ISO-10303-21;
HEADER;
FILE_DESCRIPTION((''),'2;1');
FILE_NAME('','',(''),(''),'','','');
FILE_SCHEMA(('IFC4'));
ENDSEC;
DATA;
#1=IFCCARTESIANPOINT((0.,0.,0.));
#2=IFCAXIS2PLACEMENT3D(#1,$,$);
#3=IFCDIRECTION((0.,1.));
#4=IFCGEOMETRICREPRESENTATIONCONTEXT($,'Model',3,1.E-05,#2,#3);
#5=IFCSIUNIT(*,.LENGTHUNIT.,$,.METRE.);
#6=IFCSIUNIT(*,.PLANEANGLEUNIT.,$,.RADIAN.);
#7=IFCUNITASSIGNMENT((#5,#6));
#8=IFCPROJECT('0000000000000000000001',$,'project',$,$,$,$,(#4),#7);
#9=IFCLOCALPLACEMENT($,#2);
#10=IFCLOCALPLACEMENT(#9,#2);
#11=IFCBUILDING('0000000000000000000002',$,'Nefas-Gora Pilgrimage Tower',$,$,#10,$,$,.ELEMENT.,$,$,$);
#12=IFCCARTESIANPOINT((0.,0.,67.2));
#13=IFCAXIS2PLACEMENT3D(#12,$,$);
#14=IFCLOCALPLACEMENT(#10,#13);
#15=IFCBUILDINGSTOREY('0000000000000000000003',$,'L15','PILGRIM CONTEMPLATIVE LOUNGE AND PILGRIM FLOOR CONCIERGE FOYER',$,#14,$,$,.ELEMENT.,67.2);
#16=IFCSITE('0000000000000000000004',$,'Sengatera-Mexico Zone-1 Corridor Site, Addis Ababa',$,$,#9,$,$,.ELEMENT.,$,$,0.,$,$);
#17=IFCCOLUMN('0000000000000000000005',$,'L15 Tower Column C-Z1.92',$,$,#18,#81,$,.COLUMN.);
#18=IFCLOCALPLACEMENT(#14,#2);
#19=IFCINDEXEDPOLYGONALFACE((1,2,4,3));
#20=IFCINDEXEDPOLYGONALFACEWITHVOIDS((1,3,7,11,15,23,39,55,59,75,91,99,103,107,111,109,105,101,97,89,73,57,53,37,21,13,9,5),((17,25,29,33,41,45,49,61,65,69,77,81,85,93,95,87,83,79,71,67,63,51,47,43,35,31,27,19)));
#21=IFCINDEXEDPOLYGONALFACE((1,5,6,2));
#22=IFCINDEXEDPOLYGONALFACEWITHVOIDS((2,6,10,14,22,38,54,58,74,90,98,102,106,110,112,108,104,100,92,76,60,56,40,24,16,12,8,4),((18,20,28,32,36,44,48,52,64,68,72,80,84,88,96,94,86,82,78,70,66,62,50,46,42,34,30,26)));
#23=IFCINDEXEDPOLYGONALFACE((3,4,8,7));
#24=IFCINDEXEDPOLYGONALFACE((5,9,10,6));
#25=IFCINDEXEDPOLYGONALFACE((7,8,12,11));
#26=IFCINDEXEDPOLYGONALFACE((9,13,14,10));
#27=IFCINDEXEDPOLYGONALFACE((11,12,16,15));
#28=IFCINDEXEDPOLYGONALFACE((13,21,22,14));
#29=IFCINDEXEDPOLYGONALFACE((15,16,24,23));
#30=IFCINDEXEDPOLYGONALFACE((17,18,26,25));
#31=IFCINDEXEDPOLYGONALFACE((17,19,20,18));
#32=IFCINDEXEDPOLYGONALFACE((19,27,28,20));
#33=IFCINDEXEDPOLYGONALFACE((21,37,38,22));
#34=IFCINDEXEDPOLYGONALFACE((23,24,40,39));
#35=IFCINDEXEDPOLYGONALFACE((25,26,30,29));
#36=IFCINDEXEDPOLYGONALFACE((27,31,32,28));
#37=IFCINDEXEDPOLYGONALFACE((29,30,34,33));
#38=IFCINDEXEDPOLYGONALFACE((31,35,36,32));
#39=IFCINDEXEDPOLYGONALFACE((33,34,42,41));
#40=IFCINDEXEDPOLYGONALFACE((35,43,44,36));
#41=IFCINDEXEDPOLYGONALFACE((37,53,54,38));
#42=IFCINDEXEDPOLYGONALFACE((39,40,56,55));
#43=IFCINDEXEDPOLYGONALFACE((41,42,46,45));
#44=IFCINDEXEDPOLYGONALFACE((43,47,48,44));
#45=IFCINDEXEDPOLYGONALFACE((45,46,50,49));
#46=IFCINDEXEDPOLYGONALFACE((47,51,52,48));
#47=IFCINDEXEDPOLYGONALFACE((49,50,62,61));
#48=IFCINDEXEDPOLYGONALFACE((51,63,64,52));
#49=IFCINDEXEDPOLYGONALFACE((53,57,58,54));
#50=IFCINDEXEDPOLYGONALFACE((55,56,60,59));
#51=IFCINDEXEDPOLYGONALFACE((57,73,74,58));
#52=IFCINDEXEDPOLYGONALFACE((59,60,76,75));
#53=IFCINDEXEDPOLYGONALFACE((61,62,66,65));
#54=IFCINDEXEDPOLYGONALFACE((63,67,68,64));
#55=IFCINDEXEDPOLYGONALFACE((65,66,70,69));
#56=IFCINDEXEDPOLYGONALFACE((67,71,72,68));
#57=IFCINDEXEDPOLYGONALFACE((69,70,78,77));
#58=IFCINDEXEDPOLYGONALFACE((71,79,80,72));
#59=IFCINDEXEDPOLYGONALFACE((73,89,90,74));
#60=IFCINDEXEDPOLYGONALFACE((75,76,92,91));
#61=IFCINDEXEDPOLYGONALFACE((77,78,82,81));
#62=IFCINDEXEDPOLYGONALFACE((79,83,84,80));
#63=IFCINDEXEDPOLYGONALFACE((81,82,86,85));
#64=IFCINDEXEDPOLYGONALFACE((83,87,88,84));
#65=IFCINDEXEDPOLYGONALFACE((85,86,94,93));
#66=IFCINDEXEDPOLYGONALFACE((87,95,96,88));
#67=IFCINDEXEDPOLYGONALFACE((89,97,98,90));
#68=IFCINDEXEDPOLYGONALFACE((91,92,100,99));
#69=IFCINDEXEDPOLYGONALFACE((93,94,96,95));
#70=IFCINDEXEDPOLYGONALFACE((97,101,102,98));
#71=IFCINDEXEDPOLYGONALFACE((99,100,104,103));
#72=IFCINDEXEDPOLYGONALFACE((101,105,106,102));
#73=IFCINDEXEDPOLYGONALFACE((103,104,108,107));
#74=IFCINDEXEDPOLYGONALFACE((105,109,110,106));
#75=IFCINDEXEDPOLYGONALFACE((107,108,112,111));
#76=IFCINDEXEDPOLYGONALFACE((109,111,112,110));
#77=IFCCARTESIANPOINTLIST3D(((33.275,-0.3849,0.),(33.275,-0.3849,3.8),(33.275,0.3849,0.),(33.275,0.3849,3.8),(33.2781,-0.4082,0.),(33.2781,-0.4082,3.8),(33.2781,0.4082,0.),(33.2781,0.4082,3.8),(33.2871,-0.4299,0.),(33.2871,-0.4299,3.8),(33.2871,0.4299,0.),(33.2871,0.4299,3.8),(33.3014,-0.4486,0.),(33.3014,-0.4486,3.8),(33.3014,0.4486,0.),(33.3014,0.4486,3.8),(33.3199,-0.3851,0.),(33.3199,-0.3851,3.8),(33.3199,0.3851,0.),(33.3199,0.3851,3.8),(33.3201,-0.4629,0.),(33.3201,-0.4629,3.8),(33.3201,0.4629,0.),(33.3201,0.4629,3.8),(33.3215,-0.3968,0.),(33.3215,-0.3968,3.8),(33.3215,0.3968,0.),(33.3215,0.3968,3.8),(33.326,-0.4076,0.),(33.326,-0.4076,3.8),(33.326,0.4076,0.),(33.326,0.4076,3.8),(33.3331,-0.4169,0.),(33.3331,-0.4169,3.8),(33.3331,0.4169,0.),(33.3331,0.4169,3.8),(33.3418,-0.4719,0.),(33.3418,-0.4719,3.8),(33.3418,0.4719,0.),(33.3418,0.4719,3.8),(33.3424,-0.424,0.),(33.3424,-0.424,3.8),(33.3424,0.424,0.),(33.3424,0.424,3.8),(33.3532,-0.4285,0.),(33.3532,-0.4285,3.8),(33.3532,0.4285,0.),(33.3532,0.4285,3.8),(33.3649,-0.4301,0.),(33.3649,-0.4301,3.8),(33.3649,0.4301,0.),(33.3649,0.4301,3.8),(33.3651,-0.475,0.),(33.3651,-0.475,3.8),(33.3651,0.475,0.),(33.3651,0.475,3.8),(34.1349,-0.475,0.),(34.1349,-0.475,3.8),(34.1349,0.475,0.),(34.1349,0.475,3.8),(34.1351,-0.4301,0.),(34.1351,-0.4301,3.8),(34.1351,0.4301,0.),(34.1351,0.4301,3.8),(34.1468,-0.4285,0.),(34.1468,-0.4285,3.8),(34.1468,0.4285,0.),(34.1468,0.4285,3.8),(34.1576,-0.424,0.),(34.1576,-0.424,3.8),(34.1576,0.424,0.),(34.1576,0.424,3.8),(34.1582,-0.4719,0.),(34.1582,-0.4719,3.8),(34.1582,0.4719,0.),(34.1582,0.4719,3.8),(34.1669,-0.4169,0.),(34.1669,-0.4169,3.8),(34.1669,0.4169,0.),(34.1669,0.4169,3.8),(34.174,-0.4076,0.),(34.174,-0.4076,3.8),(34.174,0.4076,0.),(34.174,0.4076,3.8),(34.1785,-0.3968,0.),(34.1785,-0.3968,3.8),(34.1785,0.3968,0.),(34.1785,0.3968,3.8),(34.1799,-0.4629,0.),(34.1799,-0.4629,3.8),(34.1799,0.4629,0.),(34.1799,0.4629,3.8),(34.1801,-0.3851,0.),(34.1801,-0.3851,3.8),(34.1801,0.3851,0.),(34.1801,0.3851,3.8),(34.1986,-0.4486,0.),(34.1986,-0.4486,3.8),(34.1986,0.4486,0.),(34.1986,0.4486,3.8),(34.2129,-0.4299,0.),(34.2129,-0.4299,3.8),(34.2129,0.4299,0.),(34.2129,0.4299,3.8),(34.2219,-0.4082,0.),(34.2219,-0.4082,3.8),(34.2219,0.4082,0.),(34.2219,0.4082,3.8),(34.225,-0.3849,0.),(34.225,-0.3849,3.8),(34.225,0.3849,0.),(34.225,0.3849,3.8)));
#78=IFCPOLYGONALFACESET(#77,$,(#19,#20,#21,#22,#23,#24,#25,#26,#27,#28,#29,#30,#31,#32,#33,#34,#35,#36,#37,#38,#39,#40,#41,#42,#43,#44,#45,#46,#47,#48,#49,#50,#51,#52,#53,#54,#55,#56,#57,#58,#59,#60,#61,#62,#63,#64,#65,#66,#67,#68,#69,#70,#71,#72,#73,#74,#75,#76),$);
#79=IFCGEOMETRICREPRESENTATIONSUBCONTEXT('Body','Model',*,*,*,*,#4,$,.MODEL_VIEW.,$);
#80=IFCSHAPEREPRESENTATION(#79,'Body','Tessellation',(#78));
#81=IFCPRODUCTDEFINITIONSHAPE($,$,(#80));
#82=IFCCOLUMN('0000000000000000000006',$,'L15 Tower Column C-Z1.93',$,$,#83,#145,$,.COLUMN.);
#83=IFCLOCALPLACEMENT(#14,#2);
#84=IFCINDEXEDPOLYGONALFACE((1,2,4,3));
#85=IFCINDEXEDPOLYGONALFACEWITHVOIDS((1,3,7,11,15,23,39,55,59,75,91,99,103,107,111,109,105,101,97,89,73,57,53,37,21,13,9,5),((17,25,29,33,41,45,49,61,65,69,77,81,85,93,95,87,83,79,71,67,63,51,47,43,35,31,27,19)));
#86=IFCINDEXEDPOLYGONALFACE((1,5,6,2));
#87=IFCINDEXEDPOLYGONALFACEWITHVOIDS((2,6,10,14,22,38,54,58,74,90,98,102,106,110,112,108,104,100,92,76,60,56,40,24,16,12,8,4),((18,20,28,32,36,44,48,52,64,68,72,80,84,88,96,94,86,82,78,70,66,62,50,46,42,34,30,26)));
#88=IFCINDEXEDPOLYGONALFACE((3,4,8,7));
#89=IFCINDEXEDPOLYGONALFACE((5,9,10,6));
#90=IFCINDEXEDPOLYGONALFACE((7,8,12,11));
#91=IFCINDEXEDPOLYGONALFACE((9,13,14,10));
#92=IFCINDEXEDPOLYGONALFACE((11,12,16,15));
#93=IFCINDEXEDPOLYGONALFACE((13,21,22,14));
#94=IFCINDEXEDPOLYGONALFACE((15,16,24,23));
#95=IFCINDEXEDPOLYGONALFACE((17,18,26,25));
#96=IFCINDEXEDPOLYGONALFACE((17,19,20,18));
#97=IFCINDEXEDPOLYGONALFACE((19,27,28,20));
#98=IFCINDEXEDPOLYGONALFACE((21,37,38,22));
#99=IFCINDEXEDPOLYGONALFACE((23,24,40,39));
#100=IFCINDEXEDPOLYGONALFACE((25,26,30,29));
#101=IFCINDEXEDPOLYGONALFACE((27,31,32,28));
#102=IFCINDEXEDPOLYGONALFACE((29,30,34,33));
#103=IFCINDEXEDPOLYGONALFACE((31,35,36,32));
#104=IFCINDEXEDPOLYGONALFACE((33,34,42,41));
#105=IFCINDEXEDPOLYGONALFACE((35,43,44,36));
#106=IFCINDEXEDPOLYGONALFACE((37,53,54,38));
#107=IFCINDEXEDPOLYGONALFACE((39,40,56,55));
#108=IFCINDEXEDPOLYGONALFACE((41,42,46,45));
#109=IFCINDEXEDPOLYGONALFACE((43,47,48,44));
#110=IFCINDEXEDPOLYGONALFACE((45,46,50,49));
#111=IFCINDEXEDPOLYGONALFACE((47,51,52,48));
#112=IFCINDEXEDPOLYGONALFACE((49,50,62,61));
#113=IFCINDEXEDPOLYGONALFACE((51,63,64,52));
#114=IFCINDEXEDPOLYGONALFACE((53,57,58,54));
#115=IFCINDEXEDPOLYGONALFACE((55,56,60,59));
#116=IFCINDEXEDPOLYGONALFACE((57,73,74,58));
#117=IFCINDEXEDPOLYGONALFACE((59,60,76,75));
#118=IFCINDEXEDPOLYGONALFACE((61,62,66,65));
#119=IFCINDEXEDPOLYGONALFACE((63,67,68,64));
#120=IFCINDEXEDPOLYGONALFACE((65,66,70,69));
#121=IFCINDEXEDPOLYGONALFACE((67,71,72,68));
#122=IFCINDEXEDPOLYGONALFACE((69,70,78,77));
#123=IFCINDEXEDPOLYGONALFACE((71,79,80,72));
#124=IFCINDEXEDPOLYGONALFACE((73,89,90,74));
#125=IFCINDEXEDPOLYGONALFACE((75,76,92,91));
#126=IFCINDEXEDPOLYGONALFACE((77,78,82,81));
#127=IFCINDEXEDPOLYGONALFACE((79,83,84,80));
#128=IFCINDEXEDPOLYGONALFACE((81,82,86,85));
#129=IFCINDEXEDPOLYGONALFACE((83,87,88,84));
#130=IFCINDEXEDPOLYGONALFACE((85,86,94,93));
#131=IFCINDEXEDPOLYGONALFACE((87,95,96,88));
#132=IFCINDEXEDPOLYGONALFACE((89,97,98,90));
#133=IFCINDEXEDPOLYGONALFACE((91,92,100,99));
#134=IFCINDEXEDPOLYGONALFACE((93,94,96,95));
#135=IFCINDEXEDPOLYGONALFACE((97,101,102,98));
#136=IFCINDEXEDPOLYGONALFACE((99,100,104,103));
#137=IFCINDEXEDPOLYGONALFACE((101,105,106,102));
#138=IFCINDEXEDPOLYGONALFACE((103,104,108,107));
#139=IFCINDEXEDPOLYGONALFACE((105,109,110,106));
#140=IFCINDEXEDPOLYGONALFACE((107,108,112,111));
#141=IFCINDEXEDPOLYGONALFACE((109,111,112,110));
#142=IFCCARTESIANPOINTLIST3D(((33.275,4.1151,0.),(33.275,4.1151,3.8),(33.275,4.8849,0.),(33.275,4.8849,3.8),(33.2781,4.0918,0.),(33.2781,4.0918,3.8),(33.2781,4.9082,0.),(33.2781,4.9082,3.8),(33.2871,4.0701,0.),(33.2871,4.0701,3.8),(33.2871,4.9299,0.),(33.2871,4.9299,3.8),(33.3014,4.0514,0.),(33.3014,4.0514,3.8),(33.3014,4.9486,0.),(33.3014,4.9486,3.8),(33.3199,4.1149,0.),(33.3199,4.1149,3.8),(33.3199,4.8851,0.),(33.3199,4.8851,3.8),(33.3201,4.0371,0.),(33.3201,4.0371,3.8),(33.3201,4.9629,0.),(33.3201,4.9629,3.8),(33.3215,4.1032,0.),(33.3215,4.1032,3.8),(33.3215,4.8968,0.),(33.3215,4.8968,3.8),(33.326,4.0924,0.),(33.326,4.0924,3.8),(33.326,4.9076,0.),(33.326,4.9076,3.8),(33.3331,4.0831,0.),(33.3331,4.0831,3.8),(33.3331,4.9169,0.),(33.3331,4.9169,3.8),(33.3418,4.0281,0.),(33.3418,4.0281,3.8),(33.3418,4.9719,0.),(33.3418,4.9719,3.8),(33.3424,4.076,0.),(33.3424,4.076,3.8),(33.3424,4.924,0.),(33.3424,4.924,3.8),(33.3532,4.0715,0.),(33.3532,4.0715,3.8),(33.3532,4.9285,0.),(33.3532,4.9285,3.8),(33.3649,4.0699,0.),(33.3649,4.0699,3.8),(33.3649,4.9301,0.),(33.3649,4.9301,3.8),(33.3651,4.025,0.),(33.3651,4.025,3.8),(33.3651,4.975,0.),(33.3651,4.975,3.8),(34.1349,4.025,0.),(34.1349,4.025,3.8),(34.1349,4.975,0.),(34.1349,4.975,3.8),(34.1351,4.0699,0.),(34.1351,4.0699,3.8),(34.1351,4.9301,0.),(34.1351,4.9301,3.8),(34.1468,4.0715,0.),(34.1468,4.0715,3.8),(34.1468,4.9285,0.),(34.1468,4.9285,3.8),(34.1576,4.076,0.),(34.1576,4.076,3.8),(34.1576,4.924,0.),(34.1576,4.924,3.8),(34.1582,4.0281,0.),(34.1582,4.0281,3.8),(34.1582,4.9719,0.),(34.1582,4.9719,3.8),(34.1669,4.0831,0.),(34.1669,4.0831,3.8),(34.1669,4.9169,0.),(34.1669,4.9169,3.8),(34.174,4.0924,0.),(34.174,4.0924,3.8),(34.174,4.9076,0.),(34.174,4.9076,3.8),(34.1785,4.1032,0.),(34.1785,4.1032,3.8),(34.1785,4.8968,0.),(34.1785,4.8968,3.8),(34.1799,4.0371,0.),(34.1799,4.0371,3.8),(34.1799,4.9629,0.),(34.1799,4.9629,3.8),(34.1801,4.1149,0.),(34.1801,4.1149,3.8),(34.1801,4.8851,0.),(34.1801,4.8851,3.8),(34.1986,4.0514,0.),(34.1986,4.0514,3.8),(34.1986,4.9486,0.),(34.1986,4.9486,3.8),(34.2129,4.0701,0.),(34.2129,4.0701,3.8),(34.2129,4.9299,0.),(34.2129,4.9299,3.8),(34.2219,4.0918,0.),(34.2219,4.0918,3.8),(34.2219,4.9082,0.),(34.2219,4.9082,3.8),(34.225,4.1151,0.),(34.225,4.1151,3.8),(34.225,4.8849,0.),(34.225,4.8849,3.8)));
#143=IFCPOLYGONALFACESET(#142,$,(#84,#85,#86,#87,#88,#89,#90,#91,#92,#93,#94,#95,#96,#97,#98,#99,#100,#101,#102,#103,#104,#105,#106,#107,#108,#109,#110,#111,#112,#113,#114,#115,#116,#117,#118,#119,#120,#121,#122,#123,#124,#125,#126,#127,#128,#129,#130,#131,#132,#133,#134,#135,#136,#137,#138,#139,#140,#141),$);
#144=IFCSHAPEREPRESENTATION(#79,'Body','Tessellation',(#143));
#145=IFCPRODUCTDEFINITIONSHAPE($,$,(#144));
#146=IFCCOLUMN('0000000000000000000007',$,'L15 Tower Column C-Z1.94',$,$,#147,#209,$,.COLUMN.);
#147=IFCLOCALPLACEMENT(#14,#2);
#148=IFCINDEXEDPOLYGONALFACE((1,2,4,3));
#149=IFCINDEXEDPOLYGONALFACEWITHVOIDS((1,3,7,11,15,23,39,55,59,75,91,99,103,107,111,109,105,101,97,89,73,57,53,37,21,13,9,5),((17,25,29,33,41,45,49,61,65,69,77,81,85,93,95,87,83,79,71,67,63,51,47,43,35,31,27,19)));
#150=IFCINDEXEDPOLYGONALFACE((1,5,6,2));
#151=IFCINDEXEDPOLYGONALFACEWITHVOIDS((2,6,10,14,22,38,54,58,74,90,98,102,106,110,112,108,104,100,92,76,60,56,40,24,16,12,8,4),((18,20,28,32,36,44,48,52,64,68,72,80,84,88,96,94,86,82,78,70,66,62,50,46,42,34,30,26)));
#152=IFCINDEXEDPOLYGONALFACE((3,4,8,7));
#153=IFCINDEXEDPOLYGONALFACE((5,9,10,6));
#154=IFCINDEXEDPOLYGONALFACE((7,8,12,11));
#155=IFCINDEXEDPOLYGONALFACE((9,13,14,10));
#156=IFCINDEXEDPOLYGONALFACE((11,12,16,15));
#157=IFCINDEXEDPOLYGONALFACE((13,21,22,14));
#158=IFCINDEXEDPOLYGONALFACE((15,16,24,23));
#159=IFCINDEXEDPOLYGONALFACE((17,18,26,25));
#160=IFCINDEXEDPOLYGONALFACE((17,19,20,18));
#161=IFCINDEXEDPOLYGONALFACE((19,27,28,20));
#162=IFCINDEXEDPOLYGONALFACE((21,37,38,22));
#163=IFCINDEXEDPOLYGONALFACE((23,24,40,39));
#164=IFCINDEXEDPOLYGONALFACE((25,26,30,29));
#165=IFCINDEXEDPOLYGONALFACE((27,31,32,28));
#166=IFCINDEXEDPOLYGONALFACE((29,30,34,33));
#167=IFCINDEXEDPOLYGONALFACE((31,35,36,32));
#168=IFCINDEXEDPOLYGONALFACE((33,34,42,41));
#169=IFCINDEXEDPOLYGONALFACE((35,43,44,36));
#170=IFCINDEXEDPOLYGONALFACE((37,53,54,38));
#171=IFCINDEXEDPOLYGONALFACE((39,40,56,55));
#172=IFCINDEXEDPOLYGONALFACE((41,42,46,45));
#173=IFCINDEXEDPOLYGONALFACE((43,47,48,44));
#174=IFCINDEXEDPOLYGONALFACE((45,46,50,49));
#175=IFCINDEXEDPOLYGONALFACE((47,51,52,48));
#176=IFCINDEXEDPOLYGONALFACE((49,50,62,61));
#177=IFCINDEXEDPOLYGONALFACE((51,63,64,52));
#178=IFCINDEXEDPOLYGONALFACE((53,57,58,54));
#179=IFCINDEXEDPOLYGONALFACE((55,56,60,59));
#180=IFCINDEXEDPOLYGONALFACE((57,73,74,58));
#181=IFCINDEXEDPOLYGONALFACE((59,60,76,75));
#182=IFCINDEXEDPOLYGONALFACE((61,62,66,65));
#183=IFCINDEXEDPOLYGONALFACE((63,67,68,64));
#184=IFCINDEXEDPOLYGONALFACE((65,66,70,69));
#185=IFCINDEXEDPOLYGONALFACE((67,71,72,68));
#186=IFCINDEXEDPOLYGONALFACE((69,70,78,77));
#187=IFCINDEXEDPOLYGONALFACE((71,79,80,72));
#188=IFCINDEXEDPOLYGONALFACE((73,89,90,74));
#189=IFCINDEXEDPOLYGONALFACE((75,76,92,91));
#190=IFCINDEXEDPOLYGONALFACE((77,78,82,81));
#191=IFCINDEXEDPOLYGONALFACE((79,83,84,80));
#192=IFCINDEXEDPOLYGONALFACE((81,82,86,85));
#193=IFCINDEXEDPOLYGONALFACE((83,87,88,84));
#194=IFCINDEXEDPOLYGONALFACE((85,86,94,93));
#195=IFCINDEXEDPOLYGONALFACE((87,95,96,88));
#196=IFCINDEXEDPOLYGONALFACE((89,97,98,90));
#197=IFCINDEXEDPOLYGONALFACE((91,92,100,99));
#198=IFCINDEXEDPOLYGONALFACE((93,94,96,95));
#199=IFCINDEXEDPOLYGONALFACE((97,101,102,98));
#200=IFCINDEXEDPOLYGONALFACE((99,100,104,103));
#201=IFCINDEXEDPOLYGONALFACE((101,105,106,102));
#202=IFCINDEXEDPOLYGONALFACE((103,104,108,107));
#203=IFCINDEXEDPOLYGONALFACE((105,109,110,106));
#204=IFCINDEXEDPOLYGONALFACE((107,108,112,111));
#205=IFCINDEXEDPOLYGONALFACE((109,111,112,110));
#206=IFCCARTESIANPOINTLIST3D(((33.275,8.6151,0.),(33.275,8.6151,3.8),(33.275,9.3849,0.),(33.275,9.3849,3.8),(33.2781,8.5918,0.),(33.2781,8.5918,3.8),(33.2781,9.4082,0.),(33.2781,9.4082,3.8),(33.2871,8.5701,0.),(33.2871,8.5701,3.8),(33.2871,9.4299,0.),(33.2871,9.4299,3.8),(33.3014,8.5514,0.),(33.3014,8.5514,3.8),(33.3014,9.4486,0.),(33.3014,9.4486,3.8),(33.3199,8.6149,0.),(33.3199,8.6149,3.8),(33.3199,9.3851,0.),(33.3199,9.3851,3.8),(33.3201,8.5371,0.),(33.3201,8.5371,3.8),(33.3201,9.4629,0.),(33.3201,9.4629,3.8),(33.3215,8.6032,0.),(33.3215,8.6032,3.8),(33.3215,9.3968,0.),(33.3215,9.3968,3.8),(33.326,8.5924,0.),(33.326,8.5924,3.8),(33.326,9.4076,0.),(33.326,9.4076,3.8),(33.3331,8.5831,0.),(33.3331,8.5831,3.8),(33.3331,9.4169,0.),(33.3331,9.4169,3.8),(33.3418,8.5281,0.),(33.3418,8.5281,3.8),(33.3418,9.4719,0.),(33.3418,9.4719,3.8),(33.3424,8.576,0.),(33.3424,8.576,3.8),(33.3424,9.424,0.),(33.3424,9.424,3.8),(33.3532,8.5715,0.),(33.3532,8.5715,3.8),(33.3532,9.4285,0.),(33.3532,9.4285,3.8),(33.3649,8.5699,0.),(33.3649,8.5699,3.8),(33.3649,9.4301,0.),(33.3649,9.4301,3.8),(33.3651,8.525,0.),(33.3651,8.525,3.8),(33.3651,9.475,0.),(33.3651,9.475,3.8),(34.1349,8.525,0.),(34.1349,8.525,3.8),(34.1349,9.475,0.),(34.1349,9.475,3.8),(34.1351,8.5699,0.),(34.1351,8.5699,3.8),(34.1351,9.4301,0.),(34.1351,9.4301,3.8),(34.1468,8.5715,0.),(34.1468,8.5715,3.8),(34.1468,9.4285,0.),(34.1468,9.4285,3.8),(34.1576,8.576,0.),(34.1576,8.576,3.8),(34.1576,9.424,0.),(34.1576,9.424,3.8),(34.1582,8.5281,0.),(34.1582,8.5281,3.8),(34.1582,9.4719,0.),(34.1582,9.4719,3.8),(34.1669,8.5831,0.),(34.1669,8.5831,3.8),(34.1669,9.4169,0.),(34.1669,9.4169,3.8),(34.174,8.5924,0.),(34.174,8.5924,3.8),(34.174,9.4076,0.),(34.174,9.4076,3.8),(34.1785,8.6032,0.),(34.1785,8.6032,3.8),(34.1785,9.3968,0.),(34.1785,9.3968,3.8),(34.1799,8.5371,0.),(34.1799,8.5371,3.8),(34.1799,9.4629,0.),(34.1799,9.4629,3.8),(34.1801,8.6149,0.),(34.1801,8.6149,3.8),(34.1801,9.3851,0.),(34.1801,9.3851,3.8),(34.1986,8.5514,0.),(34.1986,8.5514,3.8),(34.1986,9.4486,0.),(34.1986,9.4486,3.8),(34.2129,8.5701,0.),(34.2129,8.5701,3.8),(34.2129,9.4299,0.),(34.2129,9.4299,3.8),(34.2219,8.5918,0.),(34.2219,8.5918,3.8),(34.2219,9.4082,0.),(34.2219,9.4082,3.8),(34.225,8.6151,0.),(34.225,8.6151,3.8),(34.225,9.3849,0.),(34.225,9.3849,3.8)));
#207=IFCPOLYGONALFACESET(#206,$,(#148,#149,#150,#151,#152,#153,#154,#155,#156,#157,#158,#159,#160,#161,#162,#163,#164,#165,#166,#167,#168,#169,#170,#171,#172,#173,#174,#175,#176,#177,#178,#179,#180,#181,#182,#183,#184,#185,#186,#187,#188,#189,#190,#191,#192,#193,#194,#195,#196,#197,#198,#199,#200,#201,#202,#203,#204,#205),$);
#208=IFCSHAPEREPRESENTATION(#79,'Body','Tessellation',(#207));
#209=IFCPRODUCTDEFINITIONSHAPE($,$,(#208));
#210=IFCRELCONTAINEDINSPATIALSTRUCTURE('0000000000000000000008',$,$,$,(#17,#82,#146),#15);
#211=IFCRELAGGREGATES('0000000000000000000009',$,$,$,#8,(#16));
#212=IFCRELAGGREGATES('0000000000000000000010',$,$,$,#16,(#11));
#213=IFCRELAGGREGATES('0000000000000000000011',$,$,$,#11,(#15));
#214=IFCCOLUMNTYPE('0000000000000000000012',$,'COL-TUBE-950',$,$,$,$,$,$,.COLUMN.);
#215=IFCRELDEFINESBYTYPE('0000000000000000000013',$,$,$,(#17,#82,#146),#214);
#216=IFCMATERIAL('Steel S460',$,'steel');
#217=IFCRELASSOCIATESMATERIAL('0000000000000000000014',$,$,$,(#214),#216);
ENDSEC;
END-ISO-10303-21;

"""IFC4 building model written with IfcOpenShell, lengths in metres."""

from ifc_helpers import new_model, si_unit, direction, frame, origin, origin_2d, place, context, subcontext, project, spatial, hollow_rectangle, extrude, source, transform, mapped, material, material_profile, profile_set, type_object, element, save


model = new_model("IFC4")

# Units and contexts
model_context = context("Model", 3, precision=1e-05, world=origin(), true_north=direction((0.0, 1.0)))
body_context = subcontext(model_context, "Body", "Model", "MODEL_VIEW")
ifc_project = project(units=[si_unit("LENGTHUNIT", "METRE"), si_unit("PLANEANGLEUNIT", "RADIAN")], contexts=[model_context])

# Site, building, storey
site_placement = place(None, origin())
site = spatial("IfcSite", under=ifc_project, at=site_placement, Name="Sengatera-Mexico Zone-1 Corridor Site, Addis Ababa", CompositionType="ELEMENT", RefElevation=0.0)
building_placement = place(site_placement, origin())
building = spatial("IfcBuilding", under=site, at=building_placement, Name="Nefas-Gora Pilgrimage Tower", CompositionType="ELEMENT")
storey_placement = place(building_placement, frame((0.0, 0.0, 67.2)))
storey = spatial("IfcBuildingStorey", under=building, at=storey_placement, Name="L15", Description="PILGRIM CONTEMPLATIVE LOUNGE AND PILGRIM FLOOR CONCIERGE FOYER", CompositionType="ELEMENT", Elevation=67.2)

# Columns
ifc_material_1 = material(Name="Steel S460", Category="steel")
ifc_material_profile_1 = material_profile(ifc_material_1, hollow_rectangle(XDim=0.95, YDim=0.95, WallThickness=0.0449, InnerFilletRadius=0.0449, OuterFilletRadius=0.0901, at=origin_2d()), Name="BOX 950x950x45")
ifc_profile_set_1 = profile_set([ifc_material_profile_1], Name="Steel S460")
column_type_1 = type_object("IfcColumnType", Name="COL-TUBE-950", PredefinedType="COLUMN", material=ifc_profile_set_1)
shared_shape_1 = source(origin(), body_context, "Body", "SweptSolid", [
    extrude(hollow_rectangle(XDim=0.95, YDim=0.95, WallThickness=0.0449, InnerFilletRadius=0.0449, OuterFilletRadius=0.0901, at=origin_2d()), origin(), (0.0, 0.0, 1.0), 3.8),
])
for number, where, z_axis, x_axis, name in (
    (1, (33.75, 0.0, 0.0), (0.0, 0.0, 1.0), (1.0, 0.0, 0.0), "L15 Tower Column C-Z1.92"),
    (2, (33.75, 4.5, 0.0), (0.0, 0.0, 1.0), (1.0, 0.0, 0.0), "L15 Tower Column C-Z1.93"),
    (3, (33.75, 9.0, 0.0), (0.0, 0.0, 1.0), (1.0, 0.0, 0.0), "L15 Tower Column C-Z1.94"),
):
    element("IfcColumn", number, at=place(storey_placement, frame(where, z_axis=z_axis, x_axis=x_axis)), inside=storey, type_object=column_type_1, Name=name, PredefinedType="COLUMN", context=body_context, shape_type="MappedRepresentation", body=[
        mapped(shared_shape_1, transform((0.0, 0.0, 0.0), x_axis=(1.0, 0.0, 0.0), y_axis=(0.0, 1.0, 0.0), z_axis=(0.0, 0.0, 1.0), scale=1.0)),
    ])

save(model, "model.ifc")
